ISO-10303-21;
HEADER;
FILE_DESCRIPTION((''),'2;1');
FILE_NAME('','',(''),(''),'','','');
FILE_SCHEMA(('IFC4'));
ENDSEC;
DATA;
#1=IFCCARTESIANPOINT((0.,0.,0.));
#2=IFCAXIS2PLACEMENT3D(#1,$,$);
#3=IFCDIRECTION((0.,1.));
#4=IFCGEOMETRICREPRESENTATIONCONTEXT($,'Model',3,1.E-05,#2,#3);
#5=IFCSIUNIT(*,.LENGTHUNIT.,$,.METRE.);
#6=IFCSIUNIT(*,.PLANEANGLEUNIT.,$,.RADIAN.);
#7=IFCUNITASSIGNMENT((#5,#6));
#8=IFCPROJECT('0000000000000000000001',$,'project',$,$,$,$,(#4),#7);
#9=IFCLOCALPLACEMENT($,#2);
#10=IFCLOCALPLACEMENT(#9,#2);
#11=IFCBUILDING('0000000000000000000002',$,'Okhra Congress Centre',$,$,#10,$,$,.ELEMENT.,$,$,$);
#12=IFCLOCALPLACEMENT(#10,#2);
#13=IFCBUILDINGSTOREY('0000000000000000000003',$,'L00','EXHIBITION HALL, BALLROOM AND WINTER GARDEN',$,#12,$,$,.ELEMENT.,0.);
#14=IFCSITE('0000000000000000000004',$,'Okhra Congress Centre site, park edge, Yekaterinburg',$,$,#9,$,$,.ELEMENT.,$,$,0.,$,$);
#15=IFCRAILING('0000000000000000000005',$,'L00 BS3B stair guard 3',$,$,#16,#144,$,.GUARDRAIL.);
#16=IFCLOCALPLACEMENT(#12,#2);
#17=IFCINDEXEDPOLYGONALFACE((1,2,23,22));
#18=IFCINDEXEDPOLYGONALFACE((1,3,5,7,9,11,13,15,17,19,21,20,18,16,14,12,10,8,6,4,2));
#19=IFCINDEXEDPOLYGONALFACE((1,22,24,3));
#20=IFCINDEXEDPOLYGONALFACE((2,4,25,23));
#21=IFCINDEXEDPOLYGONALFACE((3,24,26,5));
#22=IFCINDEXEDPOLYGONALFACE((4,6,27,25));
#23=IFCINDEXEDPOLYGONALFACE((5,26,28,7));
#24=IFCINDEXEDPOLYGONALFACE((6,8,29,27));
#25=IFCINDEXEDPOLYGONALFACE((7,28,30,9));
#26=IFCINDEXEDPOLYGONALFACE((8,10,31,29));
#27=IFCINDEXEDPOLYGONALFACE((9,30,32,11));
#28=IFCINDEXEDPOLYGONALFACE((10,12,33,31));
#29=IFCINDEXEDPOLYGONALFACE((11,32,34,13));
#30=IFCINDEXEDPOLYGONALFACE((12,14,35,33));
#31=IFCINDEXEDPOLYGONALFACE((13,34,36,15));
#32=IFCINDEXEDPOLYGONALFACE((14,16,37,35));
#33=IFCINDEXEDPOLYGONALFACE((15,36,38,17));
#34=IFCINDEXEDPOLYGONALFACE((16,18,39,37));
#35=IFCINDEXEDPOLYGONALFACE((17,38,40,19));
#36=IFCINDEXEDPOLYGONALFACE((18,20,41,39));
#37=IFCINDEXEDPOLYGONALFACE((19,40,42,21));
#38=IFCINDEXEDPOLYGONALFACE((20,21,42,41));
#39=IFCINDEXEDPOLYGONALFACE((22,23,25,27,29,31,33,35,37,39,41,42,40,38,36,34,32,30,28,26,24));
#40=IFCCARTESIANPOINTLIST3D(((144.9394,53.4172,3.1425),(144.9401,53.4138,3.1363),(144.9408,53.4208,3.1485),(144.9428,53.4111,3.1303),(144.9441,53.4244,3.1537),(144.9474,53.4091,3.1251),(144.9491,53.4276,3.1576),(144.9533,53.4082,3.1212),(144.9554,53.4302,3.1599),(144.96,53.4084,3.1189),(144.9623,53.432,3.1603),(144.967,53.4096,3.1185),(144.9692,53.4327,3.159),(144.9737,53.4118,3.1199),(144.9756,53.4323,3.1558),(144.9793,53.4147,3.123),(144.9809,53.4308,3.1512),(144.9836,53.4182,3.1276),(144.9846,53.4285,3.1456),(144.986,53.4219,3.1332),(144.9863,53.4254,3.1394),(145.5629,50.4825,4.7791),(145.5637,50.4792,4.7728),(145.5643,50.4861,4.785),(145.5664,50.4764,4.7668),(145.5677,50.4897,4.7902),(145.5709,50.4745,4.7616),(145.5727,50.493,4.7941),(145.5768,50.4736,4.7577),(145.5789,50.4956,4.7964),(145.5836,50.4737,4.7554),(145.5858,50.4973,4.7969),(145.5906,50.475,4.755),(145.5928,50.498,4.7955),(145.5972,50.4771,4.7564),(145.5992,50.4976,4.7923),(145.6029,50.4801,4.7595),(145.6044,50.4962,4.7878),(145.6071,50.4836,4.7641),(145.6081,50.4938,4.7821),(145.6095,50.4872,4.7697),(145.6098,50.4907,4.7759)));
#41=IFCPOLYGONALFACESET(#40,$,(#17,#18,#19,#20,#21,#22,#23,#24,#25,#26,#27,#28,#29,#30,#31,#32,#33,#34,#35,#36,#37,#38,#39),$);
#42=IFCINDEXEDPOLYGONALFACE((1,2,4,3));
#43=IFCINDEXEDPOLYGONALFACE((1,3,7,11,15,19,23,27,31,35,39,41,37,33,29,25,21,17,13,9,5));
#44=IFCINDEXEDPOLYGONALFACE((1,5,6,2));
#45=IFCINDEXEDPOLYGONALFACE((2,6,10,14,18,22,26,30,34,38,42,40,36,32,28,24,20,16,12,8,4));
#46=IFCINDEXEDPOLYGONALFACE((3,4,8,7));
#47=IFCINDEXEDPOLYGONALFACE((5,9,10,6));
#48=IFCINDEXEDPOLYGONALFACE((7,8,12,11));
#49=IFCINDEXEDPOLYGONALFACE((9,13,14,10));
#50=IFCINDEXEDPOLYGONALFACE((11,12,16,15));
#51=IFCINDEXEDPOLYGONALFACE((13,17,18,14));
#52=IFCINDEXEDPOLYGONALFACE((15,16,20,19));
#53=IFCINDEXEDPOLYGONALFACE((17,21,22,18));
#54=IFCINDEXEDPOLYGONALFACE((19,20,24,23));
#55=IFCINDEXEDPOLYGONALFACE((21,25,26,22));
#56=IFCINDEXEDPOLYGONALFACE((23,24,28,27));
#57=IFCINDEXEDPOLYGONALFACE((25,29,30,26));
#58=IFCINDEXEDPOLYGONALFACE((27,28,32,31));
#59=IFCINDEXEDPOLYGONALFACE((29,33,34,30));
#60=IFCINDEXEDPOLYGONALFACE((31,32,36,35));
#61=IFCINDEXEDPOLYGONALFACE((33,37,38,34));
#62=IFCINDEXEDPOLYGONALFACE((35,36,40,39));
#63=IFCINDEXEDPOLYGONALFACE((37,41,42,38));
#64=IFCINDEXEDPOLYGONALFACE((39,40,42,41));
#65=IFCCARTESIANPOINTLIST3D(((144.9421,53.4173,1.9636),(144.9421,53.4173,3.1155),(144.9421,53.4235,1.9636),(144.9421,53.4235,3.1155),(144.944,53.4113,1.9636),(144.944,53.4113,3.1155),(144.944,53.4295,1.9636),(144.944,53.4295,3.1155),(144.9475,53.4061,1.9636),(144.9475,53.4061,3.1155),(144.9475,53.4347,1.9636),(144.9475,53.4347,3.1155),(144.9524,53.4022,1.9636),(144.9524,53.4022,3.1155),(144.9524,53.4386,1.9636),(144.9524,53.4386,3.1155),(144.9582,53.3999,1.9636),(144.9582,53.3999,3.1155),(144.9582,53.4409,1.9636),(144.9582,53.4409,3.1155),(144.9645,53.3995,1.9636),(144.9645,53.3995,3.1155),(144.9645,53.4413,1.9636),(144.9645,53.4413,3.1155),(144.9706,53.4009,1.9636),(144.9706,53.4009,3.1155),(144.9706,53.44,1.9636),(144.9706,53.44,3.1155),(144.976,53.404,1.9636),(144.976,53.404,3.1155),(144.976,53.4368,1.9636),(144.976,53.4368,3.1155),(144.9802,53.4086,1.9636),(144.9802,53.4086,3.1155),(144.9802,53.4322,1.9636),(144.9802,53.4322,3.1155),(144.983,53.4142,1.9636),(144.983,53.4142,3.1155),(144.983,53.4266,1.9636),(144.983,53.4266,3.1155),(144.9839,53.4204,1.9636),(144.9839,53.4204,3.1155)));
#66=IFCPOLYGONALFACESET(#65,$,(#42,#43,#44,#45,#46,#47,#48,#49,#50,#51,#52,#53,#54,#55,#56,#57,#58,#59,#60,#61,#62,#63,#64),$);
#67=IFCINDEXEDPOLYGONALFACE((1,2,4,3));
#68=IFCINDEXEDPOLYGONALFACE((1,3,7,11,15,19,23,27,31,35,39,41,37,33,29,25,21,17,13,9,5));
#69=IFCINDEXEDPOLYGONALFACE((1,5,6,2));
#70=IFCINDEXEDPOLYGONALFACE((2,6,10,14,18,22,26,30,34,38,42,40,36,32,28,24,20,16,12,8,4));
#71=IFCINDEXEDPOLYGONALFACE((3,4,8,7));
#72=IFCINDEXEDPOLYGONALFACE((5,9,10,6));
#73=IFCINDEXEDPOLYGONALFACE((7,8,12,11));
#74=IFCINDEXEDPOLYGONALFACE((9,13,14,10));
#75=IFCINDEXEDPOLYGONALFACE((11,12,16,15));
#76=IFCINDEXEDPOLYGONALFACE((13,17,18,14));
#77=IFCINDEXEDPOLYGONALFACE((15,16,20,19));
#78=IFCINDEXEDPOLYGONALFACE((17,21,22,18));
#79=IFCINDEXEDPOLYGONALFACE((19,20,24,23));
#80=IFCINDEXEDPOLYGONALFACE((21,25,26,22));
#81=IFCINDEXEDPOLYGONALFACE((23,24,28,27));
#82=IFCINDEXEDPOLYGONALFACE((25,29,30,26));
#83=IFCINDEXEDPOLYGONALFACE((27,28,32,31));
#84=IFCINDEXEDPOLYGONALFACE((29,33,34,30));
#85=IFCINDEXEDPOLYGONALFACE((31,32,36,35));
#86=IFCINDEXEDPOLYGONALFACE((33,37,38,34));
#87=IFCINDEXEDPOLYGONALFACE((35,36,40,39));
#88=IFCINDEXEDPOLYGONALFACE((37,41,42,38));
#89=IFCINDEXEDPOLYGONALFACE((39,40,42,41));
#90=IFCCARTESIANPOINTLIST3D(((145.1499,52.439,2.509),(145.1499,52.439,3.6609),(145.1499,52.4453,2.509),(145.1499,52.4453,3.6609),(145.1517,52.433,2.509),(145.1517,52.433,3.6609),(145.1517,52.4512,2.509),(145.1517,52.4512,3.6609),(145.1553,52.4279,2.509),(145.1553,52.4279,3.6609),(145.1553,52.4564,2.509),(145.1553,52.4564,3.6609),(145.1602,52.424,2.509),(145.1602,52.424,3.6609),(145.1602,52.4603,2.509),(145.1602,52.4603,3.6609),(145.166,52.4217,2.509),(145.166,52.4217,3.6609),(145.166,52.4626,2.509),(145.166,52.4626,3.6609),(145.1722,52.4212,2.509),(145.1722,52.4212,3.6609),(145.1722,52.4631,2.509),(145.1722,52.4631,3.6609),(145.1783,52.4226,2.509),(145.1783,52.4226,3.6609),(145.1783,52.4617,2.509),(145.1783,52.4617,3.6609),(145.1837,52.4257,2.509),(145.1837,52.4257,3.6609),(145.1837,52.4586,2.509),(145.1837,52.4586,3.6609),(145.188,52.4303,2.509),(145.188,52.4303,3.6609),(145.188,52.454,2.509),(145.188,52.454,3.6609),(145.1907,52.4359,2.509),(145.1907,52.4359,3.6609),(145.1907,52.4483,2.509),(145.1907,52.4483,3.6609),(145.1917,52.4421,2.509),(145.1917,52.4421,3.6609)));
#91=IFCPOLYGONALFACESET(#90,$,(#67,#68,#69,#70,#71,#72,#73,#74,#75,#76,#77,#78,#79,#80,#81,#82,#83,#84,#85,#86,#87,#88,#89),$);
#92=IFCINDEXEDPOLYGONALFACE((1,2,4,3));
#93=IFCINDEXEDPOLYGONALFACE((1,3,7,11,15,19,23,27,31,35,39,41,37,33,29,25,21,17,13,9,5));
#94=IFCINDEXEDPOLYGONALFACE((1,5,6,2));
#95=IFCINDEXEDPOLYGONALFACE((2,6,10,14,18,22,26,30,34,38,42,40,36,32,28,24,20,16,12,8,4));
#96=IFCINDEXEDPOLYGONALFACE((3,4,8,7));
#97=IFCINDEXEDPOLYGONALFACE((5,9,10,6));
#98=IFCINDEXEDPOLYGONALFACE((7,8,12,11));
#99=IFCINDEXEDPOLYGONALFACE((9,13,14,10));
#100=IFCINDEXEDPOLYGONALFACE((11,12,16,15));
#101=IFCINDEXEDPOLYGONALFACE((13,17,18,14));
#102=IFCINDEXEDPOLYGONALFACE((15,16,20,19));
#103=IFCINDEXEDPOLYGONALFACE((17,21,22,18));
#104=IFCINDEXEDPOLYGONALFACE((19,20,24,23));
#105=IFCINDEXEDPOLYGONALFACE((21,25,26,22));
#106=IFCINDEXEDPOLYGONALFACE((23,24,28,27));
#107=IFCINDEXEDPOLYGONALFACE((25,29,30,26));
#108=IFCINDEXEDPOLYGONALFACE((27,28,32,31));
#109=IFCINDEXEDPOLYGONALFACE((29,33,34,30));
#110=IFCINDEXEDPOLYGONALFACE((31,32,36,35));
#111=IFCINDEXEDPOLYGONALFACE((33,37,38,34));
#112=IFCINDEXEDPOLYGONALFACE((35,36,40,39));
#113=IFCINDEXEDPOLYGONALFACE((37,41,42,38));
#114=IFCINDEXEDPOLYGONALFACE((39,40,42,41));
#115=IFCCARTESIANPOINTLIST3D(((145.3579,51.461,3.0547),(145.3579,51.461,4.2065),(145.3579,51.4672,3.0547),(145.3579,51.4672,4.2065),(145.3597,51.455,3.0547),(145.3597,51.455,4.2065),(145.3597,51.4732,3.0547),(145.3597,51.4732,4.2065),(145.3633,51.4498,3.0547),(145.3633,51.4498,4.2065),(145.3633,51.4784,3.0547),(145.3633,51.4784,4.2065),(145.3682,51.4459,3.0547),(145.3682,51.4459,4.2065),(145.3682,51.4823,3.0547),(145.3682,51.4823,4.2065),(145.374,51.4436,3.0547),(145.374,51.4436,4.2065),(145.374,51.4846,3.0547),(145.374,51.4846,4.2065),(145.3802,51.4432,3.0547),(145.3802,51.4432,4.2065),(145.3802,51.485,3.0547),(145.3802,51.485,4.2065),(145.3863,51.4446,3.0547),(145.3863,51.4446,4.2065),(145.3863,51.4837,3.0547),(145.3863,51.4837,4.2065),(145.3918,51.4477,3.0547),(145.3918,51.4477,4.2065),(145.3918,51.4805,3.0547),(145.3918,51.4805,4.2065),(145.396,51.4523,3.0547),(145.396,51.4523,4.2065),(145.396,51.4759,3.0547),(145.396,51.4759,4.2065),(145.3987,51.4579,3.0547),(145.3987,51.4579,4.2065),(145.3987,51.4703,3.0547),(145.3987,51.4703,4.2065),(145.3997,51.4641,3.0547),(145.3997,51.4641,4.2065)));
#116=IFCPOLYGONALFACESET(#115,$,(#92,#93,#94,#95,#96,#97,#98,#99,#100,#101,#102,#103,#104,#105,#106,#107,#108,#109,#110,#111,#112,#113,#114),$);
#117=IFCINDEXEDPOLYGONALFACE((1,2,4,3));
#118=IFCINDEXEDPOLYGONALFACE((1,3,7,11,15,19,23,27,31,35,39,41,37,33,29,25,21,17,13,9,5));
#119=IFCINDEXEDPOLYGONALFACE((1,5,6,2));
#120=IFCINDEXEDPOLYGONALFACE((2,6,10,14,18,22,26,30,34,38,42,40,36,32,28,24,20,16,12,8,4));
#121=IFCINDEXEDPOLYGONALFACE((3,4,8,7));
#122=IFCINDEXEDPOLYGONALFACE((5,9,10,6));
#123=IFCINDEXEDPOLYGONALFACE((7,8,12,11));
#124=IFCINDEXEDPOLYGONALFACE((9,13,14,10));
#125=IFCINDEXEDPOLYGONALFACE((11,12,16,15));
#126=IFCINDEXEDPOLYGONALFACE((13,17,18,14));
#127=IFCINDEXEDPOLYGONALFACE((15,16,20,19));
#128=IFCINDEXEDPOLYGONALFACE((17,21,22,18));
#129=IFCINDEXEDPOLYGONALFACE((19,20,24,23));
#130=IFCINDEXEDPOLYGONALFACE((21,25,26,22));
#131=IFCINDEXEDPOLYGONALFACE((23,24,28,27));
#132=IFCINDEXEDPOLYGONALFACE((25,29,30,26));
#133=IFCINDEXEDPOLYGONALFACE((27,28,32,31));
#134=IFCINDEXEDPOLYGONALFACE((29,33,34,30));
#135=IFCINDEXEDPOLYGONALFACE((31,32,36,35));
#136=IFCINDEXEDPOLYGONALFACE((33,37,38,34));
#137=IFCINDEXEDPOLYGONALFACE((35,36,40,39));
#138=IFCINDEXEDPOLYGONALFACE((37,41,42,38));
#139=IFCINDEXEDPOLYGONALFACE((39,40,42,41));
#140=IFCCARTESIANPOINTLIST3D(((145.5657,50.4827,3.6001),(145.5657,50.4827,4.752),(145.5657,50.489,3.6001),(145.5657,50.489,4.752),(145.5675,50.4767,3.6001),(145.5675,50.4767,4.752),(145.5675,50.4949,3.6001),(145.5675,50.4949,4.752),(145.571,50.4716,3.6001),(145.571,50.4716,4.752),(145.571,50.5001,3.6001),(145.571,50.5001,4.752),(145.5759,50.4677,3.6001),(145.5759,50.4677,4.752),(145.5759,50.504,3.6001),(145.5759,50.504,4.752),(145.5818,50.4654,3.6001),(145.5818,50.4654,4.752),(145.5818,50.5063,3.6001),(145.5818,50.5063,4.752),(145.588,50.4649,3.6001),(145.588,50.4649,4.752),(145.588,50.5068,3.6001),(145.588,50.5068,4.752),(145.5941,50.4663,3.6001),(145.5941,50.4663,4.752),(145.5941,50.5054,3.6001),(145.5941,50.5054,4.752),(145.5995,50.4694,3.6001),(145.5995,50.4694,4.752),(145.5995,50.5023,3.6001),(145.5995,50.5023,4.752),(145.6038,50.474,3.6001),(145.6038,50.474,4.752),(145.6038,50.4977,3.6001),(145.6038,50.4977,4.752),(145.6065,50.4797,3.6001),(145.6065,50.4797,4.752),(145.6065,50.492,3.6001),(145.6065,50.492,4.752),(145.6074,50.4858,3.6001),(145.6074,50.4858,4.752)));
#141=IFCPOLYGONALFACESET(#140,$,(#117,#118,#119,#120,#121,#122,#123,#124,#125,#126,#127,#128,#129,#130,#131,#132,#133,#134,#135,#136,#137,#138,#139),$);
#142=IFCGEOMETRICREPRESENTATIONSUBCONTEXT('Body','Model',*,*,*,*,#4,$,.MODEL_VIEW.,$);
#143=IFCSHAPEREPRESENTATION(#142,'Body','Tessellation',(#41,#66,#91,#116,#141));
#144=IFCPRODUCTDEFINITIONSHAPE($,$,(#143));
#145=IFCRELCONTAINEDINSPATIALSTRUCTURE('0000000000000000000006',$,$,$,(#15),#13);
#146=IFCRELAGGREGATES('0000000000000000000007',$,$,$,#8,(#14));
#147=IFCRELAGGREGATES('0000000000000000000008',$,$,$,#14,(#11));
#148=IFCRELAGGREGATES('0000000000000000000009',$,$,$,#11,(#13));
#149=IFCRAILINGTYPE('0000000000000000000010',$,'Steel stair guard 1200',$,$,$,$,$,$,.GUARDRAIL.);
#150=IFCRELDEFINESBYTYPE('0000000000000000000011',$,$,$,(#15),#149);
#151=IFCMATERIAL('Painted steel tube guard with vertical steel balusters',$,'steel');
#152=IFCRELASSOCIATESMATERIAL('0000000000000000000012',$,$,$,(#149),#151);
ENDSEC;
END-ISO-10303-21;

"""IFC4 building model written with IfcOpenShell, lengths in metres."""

from ifc_helpers import new_model, si_unit, direction, frame, origin, origin_2d, place, context, subcontext, project, spatial, circle, extrude, material, type_object, element, save


model = new_model("IFC4")

# Units and contexts
model_context = context("Model", 3, precision=1e-05, world=origin(), true_north=direction((0.0, 1.0)))
body_context = subcontext(model_context, "Body", "Model", "MODEL_VIEW")
ifc_project = project(units=[si_unit("LENGTHUNIT", "METRE"), si_unit("PLANEANGLEUNIT", "RADIAN")], contexts=[model_context])

# Site, building, storey
site_placement = place(None, origin())
site = spatial("IfcSite", under=ifc_project, at=site_placement, Name="Okhra Congress Centre site, park edge, Yekaterinburg", CompositionType="ELEMENT", RefElevation=0.0)
building_placement = place(site_placement, origin())
building = spatial("IfcBuilding", under=site, at=building_placement, Name="Okhra Congress Centre", CompositionType="ELEMENT")
storey_placement = place(building_placement, origin())
storey = spatial("IfcBuildingStorey", under=building, at=storey_placement, Name="L00", Description="EXHIBITION HALL, BALLROOM AND WINTER GARDEN", CompositionType="ELEMENT", Elevation=0.0)

# Railing
ifc_material_1 = material(Name="Painted steel tube guard with vertical steel balusters", Category="steel")
railing_type_1 = type_object("IfcRailingType", Name="Steel stair guard 1200", PredefinedType="GUARDRAIL", material=ifc_material_1)
railing_1_placement = place(storey_placement, frame((144.9629, 53.4204, 1.9636)))
element("IfcRailing", 1, at=railing_1_placement, inside=storey, type_object=railing_type_1, Name="L00 BS3B stair guard 3", PredefinedType="GUARDRAIL", context=body_context, shape_type="SweptSolid", body=[
    extrude(circle(Radius=0.0239, at=origin_2d()), frame((0.0, 0.0, 1.1758), z_axis=(0.18246, -0.858717, 0.478867), x_axis=(0.978163, 0.207839, 0.0)), (0.0, 0.0, 1.0), 3.4175),
    extrude(circle(Radius=0.021, at=origin_2d()), origin(), (0.0, 0.0, 1.0), 1.1519),
    extrude(circle(Radius=0.021, at=origin_2d()), frame((0.2078, -0.9783, 0.5454)), (0.0, 0.0, 1.0), 1.1519),
    extrude(circle(Radius=0.021, at=origin_2d()), frame((0.4158, -1.9563, 1.0911)), (0.0, 0.0, 1.0), 1.1519),
    extrude(circle(Radius=0.021, at=origin_2d()), frame((0.6235, -2.9346, 1.6365)), (0.0, 0.0, 1.0), 1.1519),
])

save(model, "model.ifc")
